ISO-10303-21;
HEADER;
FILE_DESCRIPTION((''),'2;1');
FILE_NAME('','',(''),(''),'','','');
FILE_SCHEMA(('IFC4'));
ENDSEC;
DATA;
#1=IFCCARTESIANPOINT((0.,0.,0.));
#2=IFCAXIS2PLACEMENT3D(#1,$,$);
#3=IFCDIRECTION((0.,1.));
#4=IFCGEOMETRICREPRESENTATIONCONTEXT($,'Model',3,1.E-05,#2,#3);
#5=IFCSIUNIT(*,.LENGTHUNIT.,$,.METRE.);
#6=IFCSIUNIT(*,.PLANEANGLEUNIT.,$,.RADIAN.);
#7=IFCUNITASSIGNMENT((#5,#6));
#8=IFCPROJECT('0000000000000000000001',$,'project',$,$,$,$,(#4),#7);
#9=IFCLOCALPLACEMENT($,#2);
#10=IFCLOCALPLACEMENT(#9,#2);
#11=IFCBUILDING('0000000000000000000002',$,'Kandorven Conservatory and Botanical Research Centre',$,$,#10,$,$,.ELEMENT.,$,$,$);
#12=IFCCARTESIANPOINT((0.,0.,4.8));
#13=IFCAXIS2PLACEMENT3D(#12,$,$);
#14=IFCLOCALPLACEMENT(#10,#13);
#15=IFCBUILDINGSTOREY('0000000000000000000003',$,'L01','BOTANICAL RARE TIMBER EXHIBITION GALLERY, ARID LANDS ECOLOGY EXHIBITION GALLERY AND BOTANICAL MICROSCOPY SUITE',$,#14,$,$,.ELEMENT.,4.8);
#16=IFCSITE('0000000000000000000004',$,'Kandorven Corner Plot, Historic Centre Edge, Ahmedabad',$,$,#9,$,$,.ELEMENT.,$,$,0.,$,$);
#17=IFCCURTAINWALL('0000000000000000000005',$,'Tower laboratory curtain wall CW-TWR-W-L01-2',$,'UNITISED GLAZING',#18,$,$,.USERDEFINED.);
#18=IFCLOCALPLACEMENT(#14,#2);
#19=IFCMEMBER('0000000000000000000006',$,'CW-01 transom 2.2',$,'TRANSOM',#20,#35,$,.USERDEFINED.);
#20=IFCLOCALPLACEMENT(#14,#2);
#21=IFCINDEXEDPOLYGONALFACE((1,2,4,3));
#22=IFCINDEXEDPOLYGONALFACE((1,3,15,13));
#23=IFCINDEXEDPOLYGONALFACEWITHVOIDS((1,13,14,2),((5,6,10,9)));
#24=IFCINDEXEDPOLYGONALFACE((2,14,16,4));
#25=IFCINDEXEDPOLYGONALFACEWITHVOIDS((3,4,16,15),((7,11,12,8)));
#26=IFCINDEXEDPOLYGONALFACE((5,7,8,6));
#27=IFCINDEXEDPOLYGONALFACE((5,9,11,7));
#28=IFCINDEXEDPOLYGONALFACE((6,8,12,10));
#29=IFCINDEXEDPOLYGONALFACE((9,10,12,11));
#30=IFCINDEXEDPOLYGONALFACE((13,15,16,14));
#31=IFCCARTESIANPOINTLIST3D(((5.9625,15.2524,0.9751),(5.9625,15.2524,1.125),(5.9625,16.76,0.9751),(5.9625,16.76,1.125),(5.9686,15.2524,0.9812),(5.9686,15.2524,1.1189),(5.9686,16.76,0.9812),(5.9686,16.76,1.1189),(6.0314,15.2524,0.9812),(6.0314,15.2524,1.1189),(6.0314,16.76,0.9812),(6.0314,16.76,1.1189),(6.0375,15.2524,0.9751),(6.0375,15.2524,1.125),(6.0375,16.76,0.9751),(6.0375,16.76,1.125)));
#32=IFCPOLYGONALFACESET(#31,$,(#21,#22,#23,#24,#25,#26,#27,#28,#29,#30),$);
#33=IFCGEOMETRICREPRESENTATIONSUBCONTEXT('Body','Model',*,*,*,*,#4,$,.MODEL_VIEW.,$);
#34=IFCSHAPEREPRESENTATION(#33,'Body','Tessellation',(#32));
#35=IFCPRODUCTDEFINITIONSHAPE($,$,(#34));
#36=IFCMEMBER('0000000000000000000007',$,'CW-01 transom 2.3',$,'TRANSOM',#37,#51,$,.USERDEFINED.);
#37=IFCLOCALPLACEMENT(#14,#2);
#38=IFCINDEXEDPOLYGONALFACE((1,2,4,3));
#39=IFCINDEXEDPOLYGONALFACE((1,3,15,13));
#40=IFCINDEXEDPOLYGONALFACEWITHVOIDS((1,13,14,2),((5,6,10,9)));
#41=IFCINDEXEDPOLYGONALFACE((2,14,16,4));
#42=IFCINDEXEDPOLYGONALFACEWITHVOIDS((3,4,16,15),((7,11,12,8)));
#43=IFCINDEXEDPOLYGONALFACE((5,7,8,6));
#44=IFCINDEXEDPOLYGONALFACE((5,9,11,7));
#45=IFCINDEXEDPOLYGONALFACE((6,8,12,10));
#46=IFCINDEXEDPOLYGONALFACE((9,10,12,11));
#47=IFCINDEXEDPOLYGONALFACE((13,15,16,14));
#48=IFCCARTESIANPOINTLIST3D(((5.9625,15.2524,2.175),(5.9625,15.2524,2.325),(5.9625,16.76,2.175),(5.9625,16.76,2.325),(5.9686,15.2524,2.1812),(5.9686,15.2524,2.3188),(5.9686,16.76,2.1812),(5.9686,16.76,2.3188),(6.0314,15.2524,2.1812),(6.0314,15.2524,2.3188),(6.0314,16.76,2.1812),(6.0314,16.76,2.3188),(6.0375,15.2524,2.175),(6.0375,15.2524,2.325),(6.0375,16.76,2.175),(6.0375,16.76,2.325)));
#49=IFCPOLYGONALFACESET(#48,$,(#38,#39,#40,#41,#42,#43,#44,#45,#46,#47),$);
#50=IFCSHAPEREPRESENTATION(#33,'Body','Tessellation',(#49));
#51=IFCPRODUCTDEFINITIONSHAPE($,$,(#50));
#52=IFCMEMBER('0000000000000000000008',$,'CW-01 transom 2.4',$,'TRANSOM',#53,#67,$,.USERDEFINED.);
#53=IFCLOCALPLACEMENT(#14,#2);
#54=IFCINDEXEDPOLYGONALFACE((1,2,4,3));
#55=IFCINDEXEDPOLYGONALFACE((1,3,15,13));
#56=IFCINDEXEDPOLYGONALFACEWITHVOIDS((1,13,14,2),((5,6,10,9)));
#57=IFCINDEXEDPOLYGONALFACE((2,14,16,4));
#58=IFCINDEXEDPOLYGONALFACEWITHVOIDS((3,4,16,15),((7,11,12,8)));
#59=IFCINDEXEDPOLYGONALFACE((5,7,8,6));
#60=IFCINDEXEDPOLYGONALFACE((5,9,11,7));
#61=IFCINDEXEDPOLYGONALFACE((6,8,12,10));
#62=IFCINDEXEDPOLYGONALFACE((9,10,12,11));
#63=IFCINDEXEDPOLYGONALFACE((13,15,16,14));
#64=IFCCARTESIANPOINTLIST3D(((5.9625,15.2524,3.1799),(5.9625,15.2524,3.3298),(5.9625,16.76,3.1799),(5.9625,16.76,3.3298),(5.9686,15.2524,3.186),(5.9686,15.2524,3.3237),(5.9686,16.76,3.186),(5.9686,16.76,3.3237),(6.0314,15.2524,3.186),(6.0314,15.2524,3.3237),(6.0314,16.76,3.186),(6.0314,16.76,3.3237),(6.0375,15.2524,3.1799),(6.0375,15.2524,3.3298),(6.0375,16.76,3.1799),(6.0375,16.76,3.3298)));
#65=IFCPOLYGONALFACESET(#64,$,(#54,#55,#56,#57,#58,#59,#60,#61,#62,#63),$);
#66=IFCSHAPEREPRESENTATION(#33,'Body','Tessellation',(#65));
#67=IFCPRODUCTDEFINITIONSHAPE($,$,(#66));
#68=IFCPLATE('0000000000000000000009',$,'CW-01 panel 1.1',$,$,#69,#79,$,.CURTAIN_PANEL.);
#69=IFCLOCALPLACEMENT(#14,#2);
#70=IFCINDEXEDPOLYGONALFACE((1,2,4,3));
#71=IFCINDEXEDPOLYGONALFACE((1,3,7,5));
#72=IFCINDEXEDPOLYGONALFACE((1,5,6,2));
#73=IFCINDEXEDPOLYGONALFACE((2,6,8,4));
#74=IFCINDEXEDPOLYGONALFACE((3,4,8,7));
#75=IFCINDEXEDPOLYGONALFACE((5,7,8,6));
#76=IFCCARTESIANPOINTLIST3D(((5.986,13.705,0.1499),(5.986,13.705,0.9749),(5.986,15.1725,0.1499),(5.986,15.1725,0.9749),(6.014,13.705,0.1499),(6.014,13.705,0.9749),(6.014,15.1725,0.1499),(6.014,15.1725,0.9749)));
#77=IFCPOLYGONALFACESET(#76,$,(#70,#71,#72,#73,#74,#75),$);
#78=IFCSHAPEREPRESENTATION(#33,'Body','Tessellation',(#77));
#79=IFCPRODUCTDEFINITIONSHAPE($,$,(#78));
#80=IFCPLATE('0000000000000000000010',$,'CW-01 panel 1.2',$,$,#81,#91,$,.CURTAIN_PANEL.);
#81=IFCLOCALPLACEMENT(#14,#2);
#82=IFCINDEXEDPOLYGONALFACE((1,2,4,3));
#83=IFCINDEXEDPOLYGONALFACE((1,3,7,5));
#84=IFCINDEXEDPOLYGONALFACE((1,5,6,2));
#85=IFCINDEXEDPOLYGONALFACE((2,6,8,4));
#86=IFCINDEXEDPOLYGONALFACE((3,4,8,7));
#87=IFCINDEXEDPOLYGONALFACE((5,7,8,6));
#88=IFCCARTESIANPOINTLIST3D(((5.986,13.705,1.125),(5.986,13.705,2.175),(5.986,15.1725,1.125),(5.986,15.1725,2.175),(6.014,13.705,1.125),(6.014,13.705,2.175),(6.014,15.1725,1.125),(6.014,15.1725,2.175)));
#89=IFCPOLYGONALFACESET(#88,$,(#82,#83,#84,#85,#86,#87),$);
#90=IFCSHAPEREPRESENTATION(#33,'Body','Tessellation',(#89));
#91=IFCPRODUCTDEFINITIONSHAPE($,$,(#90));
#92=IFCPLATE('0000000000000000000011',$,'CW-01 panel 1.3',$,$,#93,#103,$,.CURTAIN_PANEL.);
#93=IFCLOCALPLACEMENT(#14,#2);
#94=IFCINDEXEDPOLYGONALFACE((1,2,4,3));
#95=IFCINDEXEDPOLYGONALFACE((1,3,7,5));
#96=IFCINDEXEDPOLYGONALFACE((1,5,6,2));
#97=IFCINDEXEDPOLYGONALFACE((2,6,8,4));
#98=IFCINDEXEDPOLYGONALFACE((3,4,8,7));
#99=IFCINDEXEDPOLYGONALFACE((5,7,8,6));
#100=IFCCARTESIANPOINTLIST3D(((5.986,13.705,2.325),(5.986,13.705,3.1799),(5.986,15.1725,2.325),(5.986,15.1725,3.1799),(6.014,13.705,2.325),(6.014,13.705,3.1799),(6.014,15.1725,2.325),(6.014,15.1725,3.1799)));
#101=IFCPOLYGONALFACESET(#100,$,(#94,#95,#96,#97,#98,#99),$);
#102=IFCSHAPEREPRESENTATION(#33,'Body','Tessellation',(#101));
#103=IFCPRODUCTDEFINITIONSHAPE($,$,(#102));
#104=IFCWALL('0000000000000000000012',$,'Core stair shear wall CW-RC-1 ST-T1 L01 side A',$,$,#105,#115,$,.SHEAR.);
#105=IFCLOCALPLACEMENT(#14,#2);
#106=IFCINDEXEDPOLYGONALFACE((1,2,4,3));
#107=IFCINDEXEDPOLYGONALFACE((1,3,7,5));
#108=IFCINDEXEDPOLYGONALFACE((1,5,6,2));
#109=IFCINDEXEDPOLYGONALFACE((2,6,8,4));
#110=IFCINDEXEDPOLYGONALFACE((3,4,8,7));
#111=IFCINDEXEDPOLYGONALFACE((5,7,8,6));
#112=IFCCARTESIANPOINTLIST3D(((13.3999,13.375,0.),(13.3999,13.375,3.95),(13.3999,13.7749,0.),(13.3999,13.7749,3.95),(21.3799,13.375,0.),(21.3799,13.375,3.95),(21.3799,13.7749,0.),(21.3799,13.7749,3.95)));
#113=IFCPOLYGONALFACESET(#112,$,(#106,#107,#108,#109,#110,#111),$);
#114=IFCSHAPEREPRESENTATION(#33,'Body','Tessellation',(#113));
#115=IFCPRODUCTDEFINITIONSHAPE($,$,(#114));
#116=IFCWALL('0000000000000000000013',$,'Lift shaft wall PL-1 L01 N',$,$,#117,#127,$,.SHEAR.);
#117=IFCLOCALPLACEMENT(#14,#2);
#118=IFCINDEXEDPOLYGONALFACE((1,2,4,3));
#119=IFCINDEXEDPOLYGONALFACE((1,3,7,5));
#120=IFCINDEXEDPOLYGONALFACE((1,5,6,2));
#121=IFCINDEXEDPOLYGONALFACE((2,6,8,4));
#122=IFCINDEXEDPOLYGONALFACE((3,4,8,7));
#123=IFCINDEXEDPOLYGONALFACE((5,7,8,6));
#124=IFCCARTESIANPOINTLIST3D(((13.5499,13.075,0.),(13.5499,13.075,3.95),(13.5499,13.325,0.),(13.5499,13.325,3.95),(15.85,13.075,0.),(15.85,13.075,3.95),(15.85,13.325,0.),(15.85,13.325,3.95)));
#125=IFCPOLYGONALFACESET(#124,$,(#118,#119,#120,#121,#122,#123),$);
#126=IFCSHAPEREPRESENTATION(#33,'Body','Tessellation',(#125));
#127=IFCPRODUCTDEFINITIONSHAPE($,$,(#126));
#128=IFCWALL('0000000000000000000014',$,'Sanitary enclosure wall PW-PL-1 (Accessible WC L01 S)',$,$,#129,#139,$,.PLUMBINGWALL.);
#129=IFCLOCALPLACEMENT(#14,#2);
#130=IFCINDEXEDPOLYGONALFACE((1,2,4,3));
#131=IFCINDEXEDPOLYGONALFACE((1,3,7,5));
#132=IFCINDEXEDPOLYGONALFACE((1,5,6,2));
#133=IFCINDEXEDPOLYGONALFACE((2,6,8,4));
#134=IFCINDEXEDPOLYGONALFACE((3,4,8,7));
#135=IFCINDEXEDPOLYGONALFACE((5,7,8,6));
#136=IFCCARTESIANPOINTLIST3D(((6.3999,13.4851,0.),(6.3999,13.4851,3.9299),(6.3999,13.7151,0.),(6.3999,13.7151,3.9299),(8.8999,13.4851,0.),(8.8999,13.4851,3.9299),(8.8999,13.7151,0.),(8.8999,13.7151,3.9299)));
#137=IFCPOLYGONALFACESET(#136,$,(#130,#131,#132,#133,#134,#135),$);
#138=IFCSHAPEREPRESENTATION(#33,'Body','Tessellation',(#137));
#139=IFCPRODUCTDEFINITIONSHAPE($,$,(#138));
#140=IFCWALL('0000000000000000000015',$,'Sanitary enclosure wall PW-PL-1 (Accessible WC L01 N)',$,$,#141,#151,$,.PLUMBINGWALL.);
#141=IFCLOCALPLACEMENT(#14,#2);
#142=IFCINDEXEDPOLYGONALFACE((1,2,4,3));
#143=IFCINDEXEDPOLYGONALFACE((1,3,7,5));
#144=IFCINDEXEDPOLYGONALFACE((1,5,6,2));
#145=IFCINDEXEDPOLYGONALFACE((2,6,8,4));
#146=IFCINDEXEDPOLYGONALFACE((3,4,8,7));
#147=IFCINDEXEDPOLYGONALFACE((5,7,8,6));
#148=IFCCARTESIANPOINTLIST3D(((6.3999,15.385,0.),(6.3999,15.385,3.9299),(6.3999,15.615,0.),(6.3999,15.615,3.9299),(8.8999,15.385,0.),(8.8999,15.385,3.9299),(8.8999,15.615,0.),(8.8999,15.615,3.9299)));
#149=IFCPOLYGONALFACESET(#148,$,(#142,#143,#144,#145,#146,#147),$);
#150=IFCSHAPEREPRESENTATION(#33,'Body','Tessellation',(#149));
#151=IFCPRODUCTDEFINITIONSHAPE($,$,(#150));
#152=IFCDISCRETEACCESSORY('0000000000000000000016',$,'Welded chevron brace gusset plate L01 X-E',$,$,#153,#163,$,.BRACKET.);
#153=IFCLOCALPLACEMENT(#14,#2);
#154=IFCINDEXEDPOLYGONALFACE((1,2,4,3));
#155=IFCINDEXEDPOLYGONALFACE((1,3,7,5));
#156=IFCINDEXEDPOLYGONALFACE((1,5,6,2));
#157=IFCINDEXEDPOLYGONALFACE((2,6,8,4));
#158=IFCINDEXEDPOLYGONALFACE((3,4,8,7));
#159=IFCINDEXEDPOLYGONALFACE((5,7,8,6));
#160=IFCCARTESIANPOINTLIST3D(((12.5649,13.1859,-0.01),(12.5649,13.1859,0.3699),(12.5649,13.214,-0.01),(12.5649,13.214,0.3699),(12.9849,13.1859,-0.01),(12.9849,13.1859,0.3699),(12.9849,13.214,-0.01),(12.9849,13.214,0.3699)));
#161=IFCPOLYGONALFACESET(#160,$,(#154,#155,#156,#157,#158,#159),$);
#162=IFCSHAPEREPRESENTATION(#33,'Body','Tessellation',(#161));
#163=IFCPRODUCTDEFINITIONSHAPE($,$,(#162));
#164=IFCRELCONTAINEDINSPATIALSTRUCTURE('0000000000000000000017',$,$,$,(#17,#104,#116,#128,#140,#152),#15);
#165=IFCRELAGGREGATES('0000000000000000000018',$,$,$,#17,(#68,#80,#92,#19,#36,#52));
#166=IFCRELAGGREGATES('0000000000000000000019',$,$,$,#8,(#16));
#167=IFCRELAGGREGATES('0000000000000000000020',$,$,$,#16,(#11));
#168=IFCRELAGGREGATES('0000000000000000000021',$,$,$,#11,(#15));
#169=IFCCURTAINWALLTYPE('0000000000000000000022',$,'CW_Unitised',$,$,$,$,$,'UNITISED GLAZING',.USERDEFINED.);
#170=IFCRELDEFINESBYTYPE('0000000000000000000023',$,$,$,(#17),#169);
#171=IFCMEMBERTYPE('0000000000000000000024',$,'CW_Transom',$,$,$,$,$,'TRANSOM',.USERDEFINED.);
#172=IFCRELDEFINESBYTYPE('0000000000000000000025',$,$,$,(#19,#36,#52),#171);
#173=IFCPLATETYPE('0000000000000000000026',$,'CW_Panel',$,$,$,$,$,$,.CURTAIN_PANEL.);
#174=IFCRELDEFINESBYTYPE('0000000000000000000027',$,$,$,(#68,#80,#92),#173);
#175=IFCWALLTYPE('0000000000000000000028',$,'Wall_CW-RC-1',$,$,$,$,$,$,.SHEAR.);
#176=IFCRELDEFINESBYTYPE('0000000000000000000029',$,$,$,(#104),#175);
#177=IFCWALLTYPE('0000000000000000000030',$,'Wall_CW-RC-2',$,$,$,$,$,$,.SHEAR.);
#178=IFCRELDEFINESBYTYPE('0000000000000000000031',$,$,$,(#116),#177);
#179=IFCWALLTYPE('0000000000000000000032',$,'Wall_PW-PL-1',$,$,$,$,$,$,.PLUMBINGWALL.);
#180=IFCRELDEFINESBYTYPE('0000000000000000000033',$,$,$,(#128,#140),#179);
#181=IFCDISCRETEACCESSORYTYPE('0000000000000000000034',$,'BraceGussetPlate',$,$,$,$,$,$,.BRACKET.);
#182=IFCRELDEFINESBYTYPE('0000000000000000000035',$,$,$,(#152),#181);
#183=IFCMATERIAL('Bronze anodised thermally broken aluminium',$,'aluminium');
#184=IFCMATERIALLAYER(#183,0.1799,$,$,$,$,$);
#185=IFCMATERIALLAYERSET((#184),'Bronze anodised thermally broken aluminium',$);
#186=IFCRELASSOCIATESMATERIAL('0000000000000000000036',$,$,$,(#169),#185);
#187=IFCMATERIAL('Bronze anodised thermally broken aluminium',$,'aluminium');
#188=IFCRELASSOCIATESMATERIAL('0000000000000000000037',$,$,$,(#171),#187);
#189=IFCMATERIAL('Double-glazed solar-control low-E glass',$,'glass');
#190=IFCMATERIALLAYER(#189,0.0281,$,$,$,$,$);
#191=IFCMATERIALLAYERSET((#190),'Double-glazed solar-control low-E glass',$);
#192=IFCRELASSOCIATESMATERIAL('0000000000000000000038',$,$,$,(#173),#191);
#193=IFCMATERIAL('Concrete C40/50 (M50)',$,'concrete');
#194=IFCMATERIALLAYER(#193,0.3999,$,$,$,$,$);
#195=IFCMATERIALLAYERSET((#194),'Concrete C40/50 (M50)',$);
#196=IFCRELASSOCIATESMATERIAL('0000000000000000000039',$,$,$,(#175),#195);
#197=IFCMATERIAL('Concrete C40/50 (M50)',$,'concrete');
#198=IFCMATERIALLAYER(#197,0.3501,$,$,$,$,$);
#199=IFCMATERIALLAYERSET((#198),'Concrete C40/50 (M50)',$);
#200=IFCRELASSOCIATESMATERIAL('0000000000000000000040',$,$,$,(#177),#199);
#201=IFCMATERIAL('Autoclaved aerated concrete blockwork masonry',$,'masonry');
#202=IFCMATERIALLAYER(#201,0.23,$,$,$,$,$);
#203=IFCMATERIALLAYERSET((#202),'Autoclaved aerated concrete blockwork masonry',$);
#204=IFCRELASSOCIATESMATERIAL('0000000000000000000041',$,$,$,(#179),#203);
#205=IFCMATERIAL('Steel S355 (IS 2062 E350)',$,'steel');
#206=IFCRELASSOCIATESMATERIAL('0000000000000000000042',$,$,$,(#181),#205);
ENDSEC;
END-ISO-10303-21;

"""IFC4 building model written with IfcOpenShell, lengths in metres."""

from ifc_helpers import new_model, si_unit, direction, frame, frame_2d, origin, origin_2d, place, context, subcontext, project, spatial, rectangle, hollow_rectangle, extrude, material, layer, layer_set, material_profile, profile_set, type_object, element, aggregate, save


model = new_model("IFC4")

# Units and contexts
model_context = context("Model", 3, precision=1e-05, world=origin(), true_north=direction((0.0, 1.0)))
body_context = subcontext(model_context, "Body", "Model", "MODEL_VIEW")
ifc_project = project(units=[si_unit("LENGTHUNIT", "METRE"), si_unit("PLANEANGLEUNIT", "RADIAN")], contexts=[model_context])

# Site, building, storey
site_placement = place(None, origin())
site = spatial("IfcSite", under=ifc_project, at=site_placement, Name="Kandorven Corner Plot, Historic Centre Edge, Ahmedabad", CompositionType="ELEMENT", RefElevation=0.0)
building_placement = place(site_placement, origin())
building = spatial("IfcBuilding", under=site, at=building_placement, Name="Kandorven Conservatory and Botanical Research Centre", CompositionType="ELEMENT")
storey_placement = place(building_placement, frame((0.0, 0.0, 4.8)))
storey = spatial("IfcBuildingStorey", under=building, at=storey_placement, Name="L01", Description="BOTANICAL RARE TIMBER EXHIBITION GALLERY, ARID LANDS ECOLOGY EXHIBITION GALLERY AND BOTANICAL MICROSCOPY SUITE", CompositionType="ELEMENT", Elevation=4.8)

# Curtain wall, members, plates
ifc_material_1 = material(Name="Bronze anodised thermally broken aluminium", Category="aluminium")
ifc_layer_1 = layer(ifc_material_1, 0.1799)
ifc_layer_set_1 = layer_set([ifc_layer_1], Name="Bronze anodised thermally broken aluminium")
curtain_wall_type = type_object("IfcCurtainWallType", Name="CW_Unitised", ElementType="UNITISED GLAZING", PredefinedType="USERDEFINED", material=ifc_layer_set_1)
curtain_wall_placement = place(storey_placement, origin())
curtain_wall = element("IfcCurtainWall", 1, at=curtain_wall_placement, inside=storey, type_object=curtain_wall_type, Name="Tower laboratory curtain wall CW-TWR-W-L01-2", ObjectType="UNITISED GLAZING", PredefinedType="USERDEFINED")
ifc_material_2 = material(Name="Bronze anodised thermally broken aluminium", Category="aluminium")
ifc_material_profile_1 = material_profile(ifc_material_2, hollow_rectangle(XDim=0.075, YDim=0.1499, WallThickness=0.0061, at=origin_2d()))
ifc_profile_set_1 = profile_set([ifc_material_profile_1], Name="Bronze anodised thermally broken aluminium")
member_type_1 = type_object("IfcMemberType", Name="CW_Transom", ElementType="TRANSOM", PredefinedType="USERDEFINED", material=ifc_profile_set_1)
member_1_placement = place(storey_placement, frame((6.0, 15.2524, 1.05), z_axis=(0.0, 1.0, 0.0), x_axis=(-1.0, 0.0, 0.0)))
member_1 = element("IfcMember", 2, at=member_1_placement, type_object=member_type_1, Name="CW-01 transom 2.2", ObjectType="TRANSOM", PredefinedType="USERDEFINED", context=body_context, shape_type="SweptSolid", body=[
    extrude(hollow_rectangle(XDim=0.075, YDim=0.1499, WallThickness=0.0061, at=origin_2d()), origin(), (0.0, 0.0, 1.0), 1.5076),
])
member_2_placement = place(storey_placement, frame((6.0, 15.2524, 2.25), z_axis=(0.0, 1.0, 0.0), x_axis=(-1.0, 0.0, 0.0)))
member_2 = element("IfcMember", 3, at=member_2_placement, type_object=member_type_1, Name="CW-01 transom 2.3", ObjectType="TRANSOM", PredefinedType="USERDEFINED", context=body_context, shape_type="SweptSolid", body=[
    extrude(hollow_rectangle(XDim=0.075, YDim=0.1499, WallThickness=0.0061, at=origin_2d()), origin(), (0.0, 0.0, 1.0), 1.5076),
])
member_3_placement = place(storey_placement, frame((6.0, 15.2524, 3.2549), z_axis=(0.0, 1.0, 0.0), x_axis=(-1.0, 0.0, 0.0)))
member_3 = element("IfcMember", 4, at=member_3_placement, type_object=member_type_1, Name="CW-01 transom 2.4", ObjectType="TRANSOM", PredefinedType="USERDEFINED", context=body_context, shape_type="SweptSolid", body=[
    extrude(hollow_rectangle(XDim=0.075, YDim=0.1499, WallThickness=0.0061, at=origin_2d()), origin(), (0.0, 0.0, 1.0), 1.5076),
])
ifc_material_3 = material(Name="Double-glazed solar-control low-E glass", Category="glass")
ifc_layer_2 = layer(ifc_material_3, 0.0281)
ifc_layer_set_2 = layer_set([ifc_layer_2], Name="Double-glazed solar-control low-E glass")
plate_type = type_object("IfcPlateType", Name="CW_Panel", PredefinedType="CURTAIN_PANEL", material=ifc_layer_set_2)
plate_1_placement = place(storey_placement, frame((6.0, 14.4387, 0.1499), z_axis=(0.0, 0.0, 1.0), x_axis=(0.0, 1.0, 0.0)))
plate_1 = element("IfcPlate", 5, at=plate_1_placement, type_object=plate_type, Name="CW-01 panel 1.1", PredefinedType="CURTAIN_PANEL", context=body_context, shape_type="SweptSolid", body=[
    extrude(rectangle(XDim=1.4675, YDim=0.0281, at=origin_2d()), origin(), (0.0, 0.0, 1.0), 0.825),
])
plate_2_placement = place(storey_placement, frame((6.0, 14.4387, 1.125), z_axis=(0.0, 0.0, 1.0), x_axis=(0.0, 1.0, 0.0)))
plate_2 = element("IfcPlate", 6, at=plate_2_placement, type_object=plate_type, Name="CW-01 panel 1.2", PredefinedType="CURTAIN_PANEL", context=body_context, shape_type="SweptSolid", body=[
    extrude(rectangle(XDim=1.4675, YDim=0.0281, at=origin_2d()), origin(), (0.0, 0.0, 1.0), 1.05),
])
plate_3_placement = place(storey_placement, frame((6.0, 14.4387, 2.325), z_axis=(0.0, 0.0, 1.0), x_axis=(0.0, 1.0, 0.0)))
plate_3 = element("IfcPlate", 7, at=plate_3_placement, type_object=plate_type, Name="CW-01 panel 1.3", PredefinedType="CURTAIN_PANEL", context=body_context, shape_type="SweptSolid", body=[
    extrude(rectangle(XDim=1.4675, YDim=0.0281, at=origin_2d()), origin(), (0.0, 0.0, 1.0), 0.855),
])
aggregate(curtain_wall, [plate_1, plate_2, plate_3, member_1, member_2, member_3])

# Walls
ifc_material_4 = material(Name="Concrete C40/50 (M50)", Category="concrete")
ifc_layer_3 = layer(ifc_material_4, 0.3999)
ifc_layer_set_3 = layer_set([ifc_layer_3], Name="Concrete C40/50 (M50)")
wall_type_1 = type_object("IfcWallType", Name="Wall_CW-RC-1", PredefinedType="SHEAR", material=ifc_layer_set_3)
wall_1_placement = place(storey_placement, frame((13.3999, 13.575, 0.0), z_axis=(0.0, 0.0, 1.0), x_axis=(1.0, 0.0, 0.0)))
element("IfcWall", 8, at=wall_1_placement, inside=storey, type_object=wall_type_1, Name="Core stair shear wall CW-RC-1 ST-T1 L01 side A", PredefinedType="SHEAR", context=body_context, shape_type="SweptSolid", body=[
    extrude(rectangle(XDim=7.98, YDim=0.3999, at=frame_2d((3.99, 0.0))), origin(), (0.0, 0.0, 1.0), 3.95),
])
ifc_material_5 = material(Name="Concrete C40/50 (M50)", Category="concrete")
ifc_layer_4 = layer(ifc_material_5, 0.3501)
ifc_layer_set_4 = layer_set([ifc_layer_4], Name="Concrete C40/50 (M50)")
wall_type_2 = type_object("IfcWallType", Name="Wall_CW-RC-2", PredefinedType="SHEAR", material=ifc_layer_set_4)
wall_2_placement = place(storey_placement, frame((13.55, 13.2, 0.0), z_axis=(0.0, 0.0, 1.0), x_axis=(1.0, 0.0, 0.0)))
element("IfcWall", 9, at=wall_2_placement, inside=storey, type_object=wall_type_2, Name="Lift shaft wall PL-1 L01 N", PredefinedType="SHEAR", context=body_context, shape_type="SweptSolid", body=[
    extrude(rectangle(XDim=2.3, YDim=0.25, at=frame_2d((1.1499, 0.0))), origin(), (0.0, 0.0, 1.0), 3.95),
])

# Shared definitions
ifc_material_6 = material(Name="Autoclaved aerated concrete blockwork masonry", Category="masonry")
ifc_layer_5 = layer(ifc_material_6, 0.23)
ifc_layer_set_5 = layer_set([ifc_layer_5], Name="Autoclaved aerated concrete blockwork masonry")
wall_type_3 = type_object("IfcWallType", Name="Wall_PW-PL-1", PredefinedType="PLUMBINGWALL", material=ifc_layer_set_5)

# Walls
for number, where, z_axis, x_axis, name in (
    (10, (6.3999, 13.6001, 0.0), (0.0, 0.0, 1.0), (1.0, 0.0, 0.0), "Sanitary enclosure wall PW-PL-1 (Accessible WC L01 S)"),
    (11, (6.3999, 15.5, 0.0), (0.0, 0.0, 1.0), (1.0, 0.0, 0.0), "Sanitary enclosure wall PW-PL-1 (Accessible WC L01 N)"),
):
    element("IfcWall", number, at=place(storey_placement, frame(where, z_axis=z_axis, x_axis=x_axis)), inside=storey, type_object=wall_type_3, Name=name, PredefinedType="PLUMBINGWALL", context=body_context, shape_type="SweptSolid", body=[
        extrude(rectangle(XDim=2.5, YDim=0.23, at=frame_2d((1.25, 0.0))), origin(), (0.0, 0.0, 1.0), 3.9299),
    ])

# Discrete accessory
ifc_material_7 = material(Name="Steel S355 (IS 2062 E350)", Category="steel")
discrete_accessory_type = type_object("IfcDiscreteAccessoryType", Name="BraceGussetPlate", PredefinedType="BRACKET", material=ifc_material_7)
discrete_accessory_placement = place(storey_placement, frame((12.7749, 13.2, -0.01), z_axis=(0.0, 0.0, 1.0), x_axis=(1.0, 0.0, 0.0)))
element("IfcDiscreteAccessory", 12, at=discrete_accessory_placement, inside=storey, type_object=discrete_accessory_type, Name="Welded chevron brace gusset plate L01 X-E", PredefinedType="BRACKET", context=body_context, shape_type="SweptSolid", body=[
    extrude(rectangle(XDim=0.4199, YDim=0.0281, at=origin_2d()), origin(), (0.0, 0.0, 1.0), 0.3799),
])

save(model, "model.ifc")
